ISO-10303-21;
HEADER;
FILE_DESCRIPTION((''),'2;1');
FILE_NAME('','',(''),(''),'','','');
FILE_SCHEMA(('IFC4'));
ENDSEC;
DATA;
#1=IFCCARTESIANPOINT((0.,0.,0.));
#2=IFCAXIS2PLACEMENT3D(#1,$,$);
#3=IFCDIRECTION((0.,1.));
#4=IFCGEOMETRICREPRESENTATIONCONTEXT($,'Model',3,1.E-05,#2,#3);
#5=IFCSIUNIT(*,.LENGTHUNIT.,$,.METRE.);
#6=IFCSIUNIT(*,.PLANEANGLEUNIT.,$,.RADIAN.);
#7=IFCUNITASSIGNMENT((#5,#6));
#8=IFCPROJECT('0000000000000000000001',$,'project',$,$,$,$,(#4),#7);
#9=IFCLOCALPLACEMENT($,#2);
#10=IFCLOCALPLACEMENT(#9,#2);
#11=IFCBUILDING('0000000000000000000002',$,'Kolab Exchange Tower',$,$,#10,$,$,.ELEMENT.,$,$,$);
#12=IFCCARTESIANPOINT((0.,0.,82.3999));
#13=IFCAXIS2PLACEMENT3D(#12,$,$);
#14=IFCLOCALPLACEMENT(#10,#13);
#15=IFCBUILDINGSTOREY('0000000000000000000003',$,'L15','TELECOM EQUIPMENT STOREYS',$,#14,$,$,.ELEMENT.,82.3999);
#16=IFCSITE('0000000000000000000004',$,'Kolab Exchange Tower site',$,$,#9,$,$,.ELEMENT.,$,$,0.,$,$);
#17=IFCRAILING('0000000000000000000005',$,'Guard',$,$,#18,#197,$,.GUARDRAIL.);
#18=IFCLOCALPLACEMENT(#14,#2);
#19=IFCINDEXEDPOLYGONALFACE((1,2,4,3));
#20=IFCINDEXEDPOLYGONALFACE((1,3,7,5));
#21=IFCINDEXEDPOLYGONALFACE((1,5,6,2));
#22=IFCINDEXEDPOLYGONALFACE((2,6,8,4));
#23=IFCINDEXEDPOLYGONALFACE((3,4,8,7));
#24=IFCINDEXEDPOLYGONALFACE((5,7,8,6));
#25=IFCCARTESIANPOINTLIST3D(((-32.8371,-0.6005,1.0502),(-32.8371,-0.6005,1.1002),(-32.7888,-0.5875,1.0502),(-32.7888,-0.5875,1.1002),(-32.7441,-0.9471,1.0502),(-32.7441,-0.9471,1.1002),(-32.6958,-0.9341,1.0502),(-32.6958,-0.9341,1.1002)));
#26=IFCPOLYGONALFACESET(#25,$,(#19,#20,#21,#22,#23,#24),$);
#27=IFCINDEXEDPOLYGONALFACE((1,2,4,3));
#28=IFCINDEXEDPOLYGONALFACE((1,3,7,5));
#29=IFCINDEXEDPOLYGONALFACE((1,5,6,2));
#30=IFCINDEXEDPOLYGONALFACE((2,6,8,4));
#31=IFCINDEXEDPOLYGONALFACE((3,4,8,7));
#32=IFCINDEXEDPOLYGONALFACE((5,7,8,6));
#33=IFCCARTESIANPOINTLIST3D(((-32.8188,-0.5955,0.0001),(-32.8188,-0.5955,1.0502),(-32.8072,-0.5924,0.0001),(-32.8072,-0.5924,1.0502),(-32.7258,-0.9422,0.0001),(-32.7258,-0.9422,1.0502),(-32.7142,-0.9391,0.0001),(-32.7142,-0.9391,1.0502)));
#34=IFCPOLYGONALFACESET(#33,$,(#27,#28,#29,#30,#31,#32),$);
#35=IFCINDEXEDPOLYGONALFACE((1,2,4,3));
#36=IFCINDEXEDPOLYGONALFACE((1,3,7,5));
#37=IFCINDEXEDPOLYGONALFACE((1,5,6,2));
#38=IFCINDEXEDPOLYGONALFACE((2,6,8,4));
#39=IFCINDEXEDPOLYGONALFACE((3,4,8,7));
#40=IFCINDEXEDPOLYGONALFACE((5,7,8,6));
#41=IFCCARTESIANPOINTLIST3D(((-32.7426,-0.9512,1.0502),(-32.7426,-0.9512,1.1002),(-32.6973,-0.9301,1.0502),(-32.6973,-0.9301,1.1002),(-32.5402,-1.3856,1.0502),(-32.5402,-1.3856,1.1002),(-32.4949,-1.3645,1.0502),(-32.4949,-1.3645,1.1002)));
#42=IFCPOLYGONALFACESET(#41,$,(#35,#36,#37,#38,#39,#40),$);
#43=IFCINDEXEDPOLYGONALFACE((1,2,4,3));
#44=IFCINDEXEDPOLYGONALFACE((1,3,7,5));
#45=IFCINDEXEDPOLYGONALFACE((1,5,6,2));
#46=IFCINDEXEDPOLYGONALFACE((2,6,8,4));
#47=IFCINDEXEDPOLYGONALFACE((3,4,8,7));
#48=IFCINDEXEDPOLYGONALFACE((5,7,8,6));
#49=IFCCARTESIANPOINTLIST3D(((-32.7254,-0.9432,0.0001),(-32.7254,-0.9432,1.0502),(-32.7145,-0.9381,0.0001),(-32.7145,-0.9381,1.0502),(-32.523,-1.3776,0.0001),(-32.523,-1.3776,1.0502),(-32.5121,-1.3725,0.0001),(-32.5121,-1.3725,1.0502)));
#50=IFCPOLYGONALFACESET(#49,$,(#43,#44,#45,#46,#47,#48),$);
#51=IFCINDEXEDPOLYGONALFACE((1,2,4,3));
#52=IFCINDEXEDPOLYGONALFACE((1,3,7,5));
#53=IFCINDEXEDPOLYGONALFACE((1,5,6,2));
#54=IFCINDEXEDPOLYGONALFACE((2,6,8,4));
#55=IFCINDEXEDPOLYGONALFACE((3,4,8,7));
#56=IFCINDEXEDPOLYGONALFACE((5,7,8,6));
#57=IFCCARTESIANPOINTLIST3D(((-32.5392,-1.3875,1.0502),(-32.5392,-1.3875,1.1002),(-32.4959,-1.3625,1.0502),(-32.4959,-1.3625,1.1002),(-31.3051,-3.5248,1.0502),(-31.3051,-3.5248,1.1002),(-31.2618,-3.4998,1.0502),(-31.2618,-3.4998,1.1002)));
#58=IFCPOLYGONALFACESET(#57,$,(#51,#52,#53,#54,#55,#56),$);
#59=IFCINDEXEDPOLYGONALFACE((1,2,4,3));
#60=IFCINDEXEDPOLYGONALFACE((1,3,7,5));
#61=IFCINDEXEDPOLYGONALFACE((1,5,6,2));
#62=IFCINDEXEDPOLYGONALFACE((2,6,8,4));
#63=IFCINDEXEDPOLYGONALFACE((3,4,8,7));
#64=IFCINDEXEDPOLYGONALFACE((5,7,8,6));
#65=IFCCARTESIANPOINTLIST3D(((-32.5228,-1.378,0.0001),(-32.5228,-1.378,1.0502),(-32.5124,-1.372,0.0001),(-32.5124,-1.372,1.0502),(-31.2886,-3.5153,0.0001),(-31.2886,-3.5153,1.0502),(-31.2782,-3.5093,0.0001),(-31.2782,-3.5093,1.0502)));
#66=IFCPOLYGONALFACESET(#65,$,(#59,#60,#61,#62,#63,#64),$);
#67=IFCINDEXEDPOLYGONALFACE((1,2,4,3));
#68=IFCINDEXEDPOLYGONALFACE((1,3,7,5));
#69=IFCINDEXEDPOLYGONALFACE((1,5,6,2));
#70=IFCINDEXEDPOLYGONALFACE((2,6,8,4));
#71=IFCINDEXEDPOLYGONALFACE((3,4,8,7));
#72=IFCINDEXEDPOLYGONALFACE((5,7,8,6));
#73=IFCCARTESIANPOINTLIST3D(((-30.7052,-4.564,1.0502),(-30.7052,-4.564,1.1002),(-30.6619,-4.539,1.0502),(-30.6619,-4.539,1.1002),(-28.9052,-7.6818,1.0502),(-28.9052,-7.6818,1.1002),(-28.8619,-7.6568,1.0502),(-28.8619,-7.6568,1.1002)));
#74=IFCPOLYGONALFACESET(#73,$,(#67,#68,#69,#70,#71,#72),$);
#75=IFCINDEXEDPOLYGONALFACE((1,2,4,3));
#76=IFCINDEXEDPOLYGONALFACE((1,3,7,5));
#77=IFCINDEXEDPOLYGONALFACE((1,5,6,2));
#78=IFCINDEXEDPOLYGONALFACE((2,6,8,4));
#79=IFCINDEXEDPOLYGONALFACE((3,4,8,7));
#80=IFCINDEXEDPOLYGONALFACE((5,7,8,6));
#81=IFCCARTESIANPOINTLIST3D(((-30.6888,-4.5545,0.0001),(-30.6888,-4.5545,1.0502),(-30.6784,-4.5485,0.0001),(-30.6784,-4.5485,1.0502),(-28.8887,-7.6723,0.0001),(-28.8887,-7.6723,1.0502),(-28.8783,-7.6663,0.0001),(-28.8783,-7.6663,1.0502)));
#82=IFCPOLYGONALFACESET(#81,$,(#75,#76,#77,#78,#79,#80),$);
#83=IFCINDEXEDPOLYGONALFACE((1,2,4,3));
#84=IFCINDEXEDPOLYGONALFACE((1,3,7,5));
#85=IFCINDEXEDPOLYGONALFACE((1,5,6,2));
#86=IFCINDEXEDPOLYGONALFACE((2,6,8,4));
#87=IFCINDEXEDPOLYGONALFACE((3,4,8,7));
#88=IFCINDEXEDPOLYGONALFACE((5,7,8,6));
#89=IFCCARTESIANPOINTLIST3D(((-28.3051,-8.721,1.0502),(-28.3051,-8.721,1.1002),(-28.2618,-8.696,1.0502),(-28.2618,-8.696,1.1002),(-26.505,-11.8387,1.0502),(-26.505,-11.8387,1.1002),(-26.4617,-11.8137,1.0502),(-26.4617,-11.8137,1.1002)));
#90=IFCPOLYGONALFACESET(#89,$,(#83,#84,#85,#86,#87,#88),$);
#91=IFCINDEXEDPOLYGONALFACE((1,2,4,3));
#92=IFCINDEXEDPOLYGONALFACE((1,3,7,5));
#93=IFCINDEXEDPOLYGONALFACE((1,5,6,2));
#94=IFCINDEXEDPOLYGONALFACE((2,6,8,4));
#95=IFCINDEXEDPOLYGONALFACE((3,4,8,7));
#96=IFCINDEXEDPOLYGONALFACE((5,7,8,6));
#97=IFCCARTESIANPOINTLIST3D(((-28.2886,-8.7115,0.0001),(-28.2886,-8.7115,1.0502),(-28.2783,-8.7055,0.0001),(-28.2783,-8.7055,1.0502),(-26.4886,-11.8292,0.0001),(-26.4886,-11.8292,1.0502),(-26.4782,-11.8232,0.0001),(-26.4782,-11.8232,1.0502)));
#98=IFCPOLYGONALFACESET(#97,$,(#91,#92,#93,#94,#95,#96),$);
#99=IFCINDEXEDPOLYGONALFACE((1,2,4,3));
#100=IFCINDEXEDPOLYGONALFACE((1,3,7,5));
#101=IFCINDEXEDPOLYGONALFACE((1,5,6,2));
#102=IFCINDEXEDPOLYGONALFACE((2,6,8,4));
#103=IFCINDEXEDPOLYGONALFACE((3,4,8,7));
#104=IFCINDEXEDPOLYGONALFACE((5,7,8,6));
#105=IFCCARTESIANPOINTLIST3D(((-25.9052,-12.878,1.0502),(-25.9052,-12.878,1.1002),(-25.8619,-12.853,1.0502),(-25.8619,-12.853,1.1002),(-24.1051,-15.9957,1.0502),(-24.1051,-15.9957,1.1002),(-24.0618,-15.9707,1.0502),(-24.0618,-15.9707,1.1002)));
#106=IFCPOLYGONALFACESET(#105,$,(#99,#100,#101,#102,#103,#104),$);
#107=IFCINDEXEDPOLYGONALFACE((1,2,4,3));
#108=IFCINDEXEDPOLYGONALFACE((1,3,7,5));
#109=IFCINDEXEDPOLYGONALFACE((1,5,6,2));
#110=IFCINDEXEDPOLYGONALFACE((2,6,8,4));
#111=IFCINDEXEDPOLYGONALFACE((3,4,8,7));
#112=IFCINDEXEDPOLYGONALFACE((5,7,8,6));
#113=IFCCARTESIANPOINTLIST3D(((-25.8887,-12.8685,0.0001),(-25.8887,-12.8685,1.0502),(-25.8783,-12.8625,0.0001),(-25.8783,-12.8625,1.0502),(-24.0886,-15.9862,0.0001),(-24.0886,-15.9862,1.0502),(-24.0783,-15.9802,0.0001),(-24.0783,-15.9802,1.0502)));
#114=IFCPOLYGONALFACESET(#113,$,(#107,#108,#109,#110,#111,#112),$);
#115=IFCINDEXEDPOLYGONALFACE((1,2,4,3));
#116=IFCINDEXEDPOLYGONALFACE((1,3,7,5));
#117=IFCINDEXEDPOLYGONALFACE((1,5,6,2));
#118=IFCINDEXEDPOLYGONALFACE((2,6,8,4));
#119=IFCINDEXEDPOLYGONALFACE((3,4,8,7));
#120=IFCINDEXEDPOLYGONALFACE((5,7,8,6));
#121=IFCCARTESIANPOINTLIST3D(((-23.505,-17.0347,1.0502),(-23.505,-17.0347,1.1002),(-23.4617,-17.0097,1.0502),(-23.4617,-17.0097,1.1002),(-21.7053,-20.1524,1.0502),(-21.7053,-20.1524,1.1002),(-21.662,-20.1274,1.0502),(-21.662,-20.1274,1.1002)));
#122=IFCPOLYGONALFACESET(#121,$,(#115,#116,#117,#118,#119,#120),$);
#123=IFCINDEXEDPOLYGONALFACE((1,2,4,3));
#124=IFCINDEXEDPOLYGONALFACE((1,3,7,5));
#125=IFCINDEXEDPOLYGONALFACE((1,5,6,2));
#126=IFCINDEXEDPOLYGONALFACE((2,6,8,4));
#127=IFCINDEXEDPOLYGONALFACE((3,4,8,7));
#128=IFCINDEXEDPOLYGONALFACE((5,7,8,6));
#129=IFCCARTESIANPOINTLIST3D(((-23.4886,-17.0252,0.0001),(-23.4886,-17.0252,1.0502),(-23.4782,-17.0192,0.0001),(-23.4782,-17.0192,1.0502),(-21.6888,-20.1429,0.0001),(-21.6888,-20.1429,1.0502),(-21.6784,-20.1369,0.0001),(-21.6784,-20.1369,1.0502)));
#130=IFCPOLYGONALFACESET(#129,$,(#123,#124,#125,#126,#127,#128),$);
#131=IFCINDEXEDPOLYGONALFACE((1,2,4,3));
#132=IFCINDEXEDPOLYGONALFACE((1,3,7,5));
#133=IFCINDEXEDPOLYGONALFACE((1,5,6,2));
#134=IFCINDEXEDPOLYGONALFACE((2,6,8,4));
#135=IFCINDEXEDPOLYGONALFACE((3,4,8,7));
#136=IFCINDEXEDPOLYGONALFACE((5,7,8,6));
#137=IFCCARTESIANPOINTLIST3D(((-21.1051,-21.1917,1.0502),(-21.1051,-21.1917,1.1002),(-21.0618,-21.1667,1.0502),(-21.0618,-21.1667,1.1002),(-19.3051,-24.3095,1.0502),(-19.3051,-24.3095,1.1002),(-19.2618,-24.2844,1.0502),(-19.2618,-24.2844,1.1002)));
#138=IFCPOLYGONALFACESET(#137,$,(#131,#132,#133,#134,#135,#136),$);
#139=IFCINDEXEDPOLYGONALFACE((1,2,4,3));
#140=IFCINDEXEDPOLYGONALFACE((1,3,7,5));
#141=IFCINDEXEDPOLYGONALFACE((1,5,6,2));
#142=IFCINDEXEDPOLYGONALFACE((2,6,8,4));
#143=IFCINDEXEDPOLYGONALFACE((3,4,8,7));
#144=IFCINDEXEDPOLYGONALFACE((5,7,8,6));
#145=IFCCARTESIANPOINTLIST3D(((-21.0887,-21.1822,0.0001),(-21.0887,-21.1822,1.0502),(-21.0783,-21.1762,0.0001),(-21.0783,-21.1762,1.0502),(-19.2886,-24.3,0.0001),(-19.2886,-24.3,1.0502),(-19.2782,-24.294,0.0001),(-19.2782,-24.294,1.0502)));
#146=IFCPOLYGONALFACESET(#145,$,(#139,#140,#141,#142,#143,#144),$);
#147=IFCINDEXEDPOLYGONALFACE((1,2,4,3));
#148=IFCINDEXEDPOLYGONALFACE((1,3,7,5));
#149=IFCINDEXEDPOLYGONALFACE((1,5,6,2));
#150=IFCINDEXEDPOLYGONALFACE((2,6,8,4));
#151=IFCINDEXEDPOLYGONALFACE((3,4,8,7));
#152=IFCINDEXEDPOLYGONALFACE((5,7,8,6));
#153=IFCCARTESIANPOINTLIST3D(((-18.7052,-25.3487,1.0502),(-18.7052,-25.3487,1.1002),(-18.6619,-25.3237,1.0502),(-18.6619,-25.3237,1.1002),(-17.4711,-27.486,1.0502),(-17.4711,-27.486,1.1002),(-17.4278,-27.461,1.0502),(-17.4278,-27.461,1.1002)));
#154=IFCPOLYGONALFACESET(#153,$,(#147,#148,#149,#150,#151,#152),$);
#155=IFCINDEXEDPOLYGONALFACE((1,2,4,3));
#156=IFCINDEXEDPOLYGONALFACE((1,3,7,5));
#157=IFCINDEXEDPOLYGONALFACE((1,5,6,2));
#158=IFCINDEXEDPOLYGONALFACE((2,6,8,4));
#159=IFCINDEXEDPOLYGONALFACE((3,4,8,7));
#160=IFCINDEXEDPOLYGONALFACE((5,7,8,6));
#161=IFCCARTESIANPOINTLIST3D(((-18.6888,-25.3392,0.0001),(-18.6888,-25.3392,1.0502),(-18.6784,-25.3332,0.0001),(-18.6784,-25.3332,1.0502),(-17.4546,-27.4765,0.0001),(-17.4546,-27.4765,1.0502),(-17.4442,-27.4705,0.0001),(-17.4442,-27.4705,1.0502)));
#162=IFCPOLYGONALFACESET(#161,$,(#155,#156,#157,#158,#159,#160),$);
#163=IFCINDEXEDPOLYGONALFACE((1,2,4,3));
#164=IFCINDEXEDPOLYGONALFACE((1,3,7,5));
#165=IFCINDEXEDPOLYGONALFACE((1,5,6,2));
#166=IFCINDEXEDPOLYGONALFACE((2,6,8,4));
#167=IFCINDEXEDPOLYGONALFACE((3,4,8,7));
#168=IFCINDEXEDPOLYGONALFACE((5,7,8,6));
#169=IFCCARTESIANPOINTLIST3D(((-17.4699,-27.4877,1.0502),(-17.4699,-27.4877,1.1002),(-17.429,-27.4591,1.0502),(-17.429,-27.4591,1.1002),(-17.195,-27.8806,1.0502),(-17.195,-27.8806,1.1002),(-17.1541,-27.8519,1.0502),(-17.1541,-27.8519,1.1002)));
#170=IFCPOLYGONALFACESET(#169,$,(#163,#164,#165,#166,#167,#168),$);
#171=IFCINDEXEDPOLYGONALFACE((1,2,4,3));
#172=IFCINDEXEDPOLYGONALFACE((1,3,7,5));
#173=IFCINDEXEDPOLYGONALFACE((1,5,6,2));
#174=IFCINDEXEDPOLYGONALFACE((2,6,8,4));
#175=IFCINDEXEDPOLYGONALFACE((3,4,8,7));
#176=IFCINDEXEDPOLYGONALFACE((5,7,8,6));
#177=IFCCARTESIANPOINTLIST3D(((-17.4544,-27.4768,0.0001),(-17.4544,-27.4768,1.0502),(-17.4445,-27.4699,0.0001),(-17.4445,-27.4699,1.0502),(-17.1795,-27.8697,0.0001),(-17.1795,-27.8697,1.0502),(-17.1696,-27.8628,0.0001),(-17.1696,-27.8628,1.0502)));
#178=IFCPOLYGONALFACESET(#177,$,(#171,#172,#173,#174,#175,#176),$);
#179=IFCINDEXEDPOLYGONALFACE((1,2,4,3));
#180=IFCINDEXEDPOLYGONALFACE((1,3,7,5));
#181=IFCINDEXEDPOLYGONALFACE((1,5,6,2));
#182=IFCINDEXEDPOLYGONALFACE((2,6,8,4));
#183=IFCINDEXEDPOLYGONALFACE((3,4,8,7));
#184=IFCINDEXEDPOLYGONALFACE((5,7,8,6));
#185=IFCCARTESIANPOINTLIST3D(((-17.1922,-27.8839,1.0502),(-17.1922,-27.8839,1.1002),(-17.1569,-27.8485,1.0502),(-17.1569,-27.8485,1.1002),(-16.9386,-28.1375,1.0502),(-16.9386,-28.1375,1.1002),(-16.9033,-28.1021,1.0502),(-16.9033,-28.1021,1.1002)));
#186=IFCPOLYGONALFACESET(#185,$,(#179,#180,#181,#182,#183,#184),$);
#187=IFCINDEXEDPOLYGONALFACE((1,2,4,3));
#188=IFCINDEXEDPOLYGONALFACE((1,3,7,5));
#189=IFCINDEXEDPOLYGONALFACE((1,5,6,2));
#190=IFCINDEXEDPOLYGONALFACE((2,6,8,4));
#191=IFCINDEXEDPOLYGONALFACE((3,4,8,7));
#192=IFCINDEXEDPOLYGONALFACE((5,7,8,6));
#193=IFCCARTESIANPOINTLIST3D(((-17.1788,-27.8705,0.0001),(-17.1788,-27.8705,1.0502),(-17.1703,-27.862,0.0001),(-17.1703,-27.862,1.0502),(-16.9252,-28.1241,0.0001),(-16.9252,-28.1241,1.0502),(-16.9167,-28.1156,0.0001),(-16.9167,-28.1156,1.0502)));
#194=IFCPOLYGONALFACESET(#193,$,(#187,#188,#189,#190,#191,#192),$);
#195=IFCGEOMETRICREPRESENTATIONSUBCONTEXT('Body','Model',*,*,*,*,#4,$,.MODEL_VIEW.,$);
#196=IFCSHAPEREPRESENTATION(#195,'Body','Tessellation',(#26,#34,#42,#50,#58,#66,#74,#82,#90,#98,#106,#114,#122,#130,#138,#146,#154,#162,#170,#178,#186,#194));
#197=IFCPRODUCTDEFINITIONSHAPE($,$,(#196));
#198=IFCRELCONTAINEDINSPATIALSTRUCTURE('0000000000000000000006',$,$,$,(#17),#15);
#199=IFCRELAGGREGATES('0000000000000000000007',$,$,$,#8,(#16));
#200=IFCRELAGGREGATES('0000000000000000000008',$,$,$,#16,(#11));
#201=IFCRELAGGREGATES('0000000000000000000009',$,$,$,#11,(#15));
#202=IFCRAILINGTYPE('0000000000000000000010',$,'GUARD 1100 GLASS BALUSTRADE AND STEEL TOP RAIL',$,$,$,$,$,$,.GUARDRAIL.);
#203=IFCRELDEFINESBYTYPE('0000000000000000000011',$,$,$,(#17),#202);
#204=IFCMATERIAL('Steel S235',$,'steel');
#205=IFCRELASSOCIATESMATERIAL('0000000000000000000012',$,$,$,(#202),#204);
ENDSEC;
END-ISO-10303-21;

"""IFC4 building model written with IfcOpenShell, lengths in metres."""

from ifc_helpers import new_model, si_unit, direction, frame, frame_2d, origin, origin_2d, place, context, subcontext, project, spatial, rectangle, extrude, material, type_object, element, save


model = new_model("IFC4")

# Units and contexts
model_context = context("Model", 3, precision=1e-05, world=origin(), true_north=direction((0.0, 1.0)))
body_context = subcontext(model_context, "Body", "Model", "MODEL_VIEW")
ifc_project = project(units=[si_unit("LENGTHUNIT", "METRE"), si_unit("PLANEANGLEUNIT", "RADIAN")], contexts=[model_context])

# Site, building, storey
site_placement = place(None, origin())
site = spatial("IfcSite", under=ifc_project, at=site_placement, Name="Kolab Exchange Tower site", CompositionType="ELEMENT", RefElevation=0.0)
building_placement = place(site_placement, origin())
building = spatial("IfcBuilding", under=site, at=building_placement, Name="Kolab Exchange Tower", CompositionType="ELEMENT")
storey_placement = place(building_placement, frame((0.0, 0.0, 82.3999)))
storey = spatial("IfcBuildingStorey", under=building, at=storey_placement, Name="L15", Description="TELECOM EQUIPMENT STOREYS", CompositionType="ELEMENT", Elevation=82.3999)

# Shared definitions
ifc_material_1 = material(Name="Steel S235", Category="steel")

# Railing
railing_type = type_object("IfcRailingType", Name="GUARD 1100 GLASS BALUSTRADE AND STEEL TOP RAIL", PredefinedType="GUARDRAIL", material=ifc_material_1)
railing_placement = place(storey_placement, frame((-32.813, -0.594, 0.0)))
element("IfcRailing", 1, at=railing_placement, inside=storey, type_object=railing_type, Name="Guard", PredefinedType="GUARDRAIL", context=body_context, shape_type="SweptSolid", body=[
    extrude(rectangle(XDim=0.05, YDim=0.05, at=origin_2d()), frame((0.0, 0.0, 1.0752), z_axis=(0.259144, -0.965839, 0.0), x_axis=(0.965839, 0.259144, 0.0)), (0.0, 0.0, 1.0), 0.3589),
    extrude(rectangle(XDim=0.012, YDim=1.0501, at=frame_2d((0.0, 0.5251))), frame((0.0, 0.0, 0.0), z_axis=(0.259144, -0.965839, 0.0), x_axis=(0.965839, 0.259144, 0.0)), (0.0, 0.0, 1.0), 0.3589),
    extrude(rectangle(XDim=0.05, YDim=0.05, at=origin_2d()), frame((0.093, -0.3467, 1.0752), z_axis=(0.422383, -0.906417, 0.0), x_axis=(0.906417, 0.422383, 0.0)), (0.0, 0.0, 1.0), 0.4792),
    extrude(rectangle(XDim=0.012, YDim=1.0501, at=frame_2d((0.0, 0.5251))), frame((0.093, -0.3467, 0.0), z_axis=(0.422383, -0.906417, 0.0), x_axis=(0.906417, 0.422383, 0.0)), (0.0, 0.0, 1.0), 0.4792),
    extrude(rectangle(XDim=0.05, YDim=0.05, at=origin_2d()), frame((0.2954, -0.781, 1.0752), z_axis=(0.500065, -0.865988, 0.0), x_axis=(0.865988, 0.500065, 0.0)), (0.0, 0.0, 1.0), 2.468),
    extrude(rectangle(XDim=0.012, YDim=1.0501, at=frame_2d((0.0, 0.5251))), frame((0.2954, -0.781, 0.0), z_axis=(0.500065, -0.865988, 0.0), x_axis=(0.865988, 0.500065, 0.0)), (0.0, 0.0, 1.0), 2.468),
    extrude(rectangle(XDim=0.05, YDim=0.05, at=origin_2d()), frame((2.1294, -3.9575, 1.0752), z_axis=(0.500012, -0.866018, 0.0), x_axis=(0.866018, 0.500012, 0.0)), (0.0, 0.0, 1.0), 3.6001),
    extrude(rectangle(XDim=0.012, YDim=1.0501, at=frame_2d((0.0, 0.5251))), frame((2.1294, -3.9575, 0.0), z_axis=(0.500012, -0.866018, 0.0), x_axis=(0.866018, 0.500012, 0.0)), (0.0, 0.0, 1.0), 3.6001),
    extrude(rectangle(XDim=0.05, YDim=0.05, at=origin_2d()), frame((4.5295, -8.1145, 1.0752), z_axis=(0.500012, -0.866018, 0.0), x_axis=(0.866018, 0.500012, 0.0)), (0.0, 0.0, 1.0), 3.6001),
    extrude(rectangle(XDim=0.012, YDim=1.0501, at=frame_2d((0.0, 0.5251))), frame((4.5295, -8.1145, 0.0), z_axis=(0.500012, -0.866018, 0.0), x_axis=(0.866018, 0.500012, 0.0)), (0.0, 0.0, 1.0), 3.6001),
    extrude(rectangle(XDim=0.05, YDim=0.05, at=origin_2d()), frame((6.9294, -12.2715, 1.0752), z_axis=(0.500012, -0.866018, 0.0), x_axis=(0.866018, 0.500012, 0.0)), (0.0, 0.0, 1.0), 3.6001),
    extrude(rectangle(XDim=0.012, YDim=1.0501, at=frame_2d((0.0, 0.5251))), frame((6.9294, -12.2715, 0.0), z_axis=(0.500012, -0.866018, 0.0), x_axis=(0.866018, 0.500012, 0.0)), (0.0, 0.0, 1.0), 3.6001),
    extrude(rectangle(XDim=0.05, YDim=0.05, at=origin_2d()), frame((9.3296, -16.4282, 1.0752), z_axis=(0.499961, -0.866048, 0.0), x_axis=(0.866048, 0.499961, 0.0)), (0.0, 0.0, 1.0), 3.5999),
    extrude(rectangle(XDim=0.012, YDim=1.0501, at=frame_2d((0.0, 0.5251))), frame((9.3296, -16.4282, 0.0), z_axis=(0.499961, -0.866048, 0.0), x_axis=(0.866048, 0.499961, 0.0)), (0.0, 0.0, 1.0), 3.5999),
    extrude(rectangle(XDim=0.05, YDim=0.05, at=origin_2d()), frame((11.7295, -20.5852, 1.0752), z_axis=(0.500012, -0.866018, 0.0), x_axis=(0.866018, 0.500012, 0.0)), (0.0, 0.0, 1.0), 3.6001),
    extrude(rectangle(XDim=0.012, YDim=1.0501, at=frame_2d((0.0, 0.5251))), frame((11.7295, -20.5852, 0.0), z_axis=(0.500012, -0.866018, 0.0), x_axis=(0.866018, 0.500012, 0.0)), (0.0, 0.0, 1.0), 3.6001),
    extrude(rectangle(XDim=0.05, YDim=0.05, at=origin_2d()), frame((14.1294, -24.7422, 1.0752), z_axis=(0.500065, -0.865988, 0.0), x_axis=(0.865988, 0.500065, 0.0)), (0.0, 0.0, 1.0), 2.468),
    extrude(rectangle(XDim=0.012, YDim=1.0501, at=frame_2d((0.0, 0.5251))), frame((14.1294, -24.7422, 0.0), z_axis=(0.500065, -0.865988, 0.0), x_axis=(0.865988, 0.500065, 0.0)), (0.0, 0.0, 1.0), 2.468),
    extrude(rectangle(XDim=0.05, YDim=0.05, at=origin_2d()), frame((15.3635, -26.8794, 1.0752), z_axis=(0.57336, -0.819304, 0.0), x_axis=(0.819304, 0.57336, 0.0)), (0.0, 0.0, 1.0), 0.4795),
    extrude(rectangle(XDim=0.012, YDim=1.0501, at=frame_2d((0.0, 0.5251))), frame((15.3635, -26.8794, 0.0), z_axis=(0.57336, -0.819304, 0.0), x_axis=(0.819304, 0.57336, 0.0)), (0.0, 0.0, 1.0), 0.4795),
    extrude(rectangle(XDim=0.05, YDim=0.05, at=origin_2d()), frame((15.6384, -27.2722, 1.0752), z_axis=(0.707107, -0.707107, 0.0), x_axis=(0.707107, 0.707107, 0.0)), (0.0, 0.0, 1.0), 0.3586),
    extrude(rectangle(XDim=0.012, YDim=1.0501, at=frame_2d((0.0, 0.5251))), frame((15.6384, -27.2722, 0.0), z_axis=(0.707107, -0.707107, 0.0), x_axis=(0.707107, 0.707107, 0.0)), (0.0, 0.0, 1.0), 0.3586),
])

save(model, "model.ifc")
